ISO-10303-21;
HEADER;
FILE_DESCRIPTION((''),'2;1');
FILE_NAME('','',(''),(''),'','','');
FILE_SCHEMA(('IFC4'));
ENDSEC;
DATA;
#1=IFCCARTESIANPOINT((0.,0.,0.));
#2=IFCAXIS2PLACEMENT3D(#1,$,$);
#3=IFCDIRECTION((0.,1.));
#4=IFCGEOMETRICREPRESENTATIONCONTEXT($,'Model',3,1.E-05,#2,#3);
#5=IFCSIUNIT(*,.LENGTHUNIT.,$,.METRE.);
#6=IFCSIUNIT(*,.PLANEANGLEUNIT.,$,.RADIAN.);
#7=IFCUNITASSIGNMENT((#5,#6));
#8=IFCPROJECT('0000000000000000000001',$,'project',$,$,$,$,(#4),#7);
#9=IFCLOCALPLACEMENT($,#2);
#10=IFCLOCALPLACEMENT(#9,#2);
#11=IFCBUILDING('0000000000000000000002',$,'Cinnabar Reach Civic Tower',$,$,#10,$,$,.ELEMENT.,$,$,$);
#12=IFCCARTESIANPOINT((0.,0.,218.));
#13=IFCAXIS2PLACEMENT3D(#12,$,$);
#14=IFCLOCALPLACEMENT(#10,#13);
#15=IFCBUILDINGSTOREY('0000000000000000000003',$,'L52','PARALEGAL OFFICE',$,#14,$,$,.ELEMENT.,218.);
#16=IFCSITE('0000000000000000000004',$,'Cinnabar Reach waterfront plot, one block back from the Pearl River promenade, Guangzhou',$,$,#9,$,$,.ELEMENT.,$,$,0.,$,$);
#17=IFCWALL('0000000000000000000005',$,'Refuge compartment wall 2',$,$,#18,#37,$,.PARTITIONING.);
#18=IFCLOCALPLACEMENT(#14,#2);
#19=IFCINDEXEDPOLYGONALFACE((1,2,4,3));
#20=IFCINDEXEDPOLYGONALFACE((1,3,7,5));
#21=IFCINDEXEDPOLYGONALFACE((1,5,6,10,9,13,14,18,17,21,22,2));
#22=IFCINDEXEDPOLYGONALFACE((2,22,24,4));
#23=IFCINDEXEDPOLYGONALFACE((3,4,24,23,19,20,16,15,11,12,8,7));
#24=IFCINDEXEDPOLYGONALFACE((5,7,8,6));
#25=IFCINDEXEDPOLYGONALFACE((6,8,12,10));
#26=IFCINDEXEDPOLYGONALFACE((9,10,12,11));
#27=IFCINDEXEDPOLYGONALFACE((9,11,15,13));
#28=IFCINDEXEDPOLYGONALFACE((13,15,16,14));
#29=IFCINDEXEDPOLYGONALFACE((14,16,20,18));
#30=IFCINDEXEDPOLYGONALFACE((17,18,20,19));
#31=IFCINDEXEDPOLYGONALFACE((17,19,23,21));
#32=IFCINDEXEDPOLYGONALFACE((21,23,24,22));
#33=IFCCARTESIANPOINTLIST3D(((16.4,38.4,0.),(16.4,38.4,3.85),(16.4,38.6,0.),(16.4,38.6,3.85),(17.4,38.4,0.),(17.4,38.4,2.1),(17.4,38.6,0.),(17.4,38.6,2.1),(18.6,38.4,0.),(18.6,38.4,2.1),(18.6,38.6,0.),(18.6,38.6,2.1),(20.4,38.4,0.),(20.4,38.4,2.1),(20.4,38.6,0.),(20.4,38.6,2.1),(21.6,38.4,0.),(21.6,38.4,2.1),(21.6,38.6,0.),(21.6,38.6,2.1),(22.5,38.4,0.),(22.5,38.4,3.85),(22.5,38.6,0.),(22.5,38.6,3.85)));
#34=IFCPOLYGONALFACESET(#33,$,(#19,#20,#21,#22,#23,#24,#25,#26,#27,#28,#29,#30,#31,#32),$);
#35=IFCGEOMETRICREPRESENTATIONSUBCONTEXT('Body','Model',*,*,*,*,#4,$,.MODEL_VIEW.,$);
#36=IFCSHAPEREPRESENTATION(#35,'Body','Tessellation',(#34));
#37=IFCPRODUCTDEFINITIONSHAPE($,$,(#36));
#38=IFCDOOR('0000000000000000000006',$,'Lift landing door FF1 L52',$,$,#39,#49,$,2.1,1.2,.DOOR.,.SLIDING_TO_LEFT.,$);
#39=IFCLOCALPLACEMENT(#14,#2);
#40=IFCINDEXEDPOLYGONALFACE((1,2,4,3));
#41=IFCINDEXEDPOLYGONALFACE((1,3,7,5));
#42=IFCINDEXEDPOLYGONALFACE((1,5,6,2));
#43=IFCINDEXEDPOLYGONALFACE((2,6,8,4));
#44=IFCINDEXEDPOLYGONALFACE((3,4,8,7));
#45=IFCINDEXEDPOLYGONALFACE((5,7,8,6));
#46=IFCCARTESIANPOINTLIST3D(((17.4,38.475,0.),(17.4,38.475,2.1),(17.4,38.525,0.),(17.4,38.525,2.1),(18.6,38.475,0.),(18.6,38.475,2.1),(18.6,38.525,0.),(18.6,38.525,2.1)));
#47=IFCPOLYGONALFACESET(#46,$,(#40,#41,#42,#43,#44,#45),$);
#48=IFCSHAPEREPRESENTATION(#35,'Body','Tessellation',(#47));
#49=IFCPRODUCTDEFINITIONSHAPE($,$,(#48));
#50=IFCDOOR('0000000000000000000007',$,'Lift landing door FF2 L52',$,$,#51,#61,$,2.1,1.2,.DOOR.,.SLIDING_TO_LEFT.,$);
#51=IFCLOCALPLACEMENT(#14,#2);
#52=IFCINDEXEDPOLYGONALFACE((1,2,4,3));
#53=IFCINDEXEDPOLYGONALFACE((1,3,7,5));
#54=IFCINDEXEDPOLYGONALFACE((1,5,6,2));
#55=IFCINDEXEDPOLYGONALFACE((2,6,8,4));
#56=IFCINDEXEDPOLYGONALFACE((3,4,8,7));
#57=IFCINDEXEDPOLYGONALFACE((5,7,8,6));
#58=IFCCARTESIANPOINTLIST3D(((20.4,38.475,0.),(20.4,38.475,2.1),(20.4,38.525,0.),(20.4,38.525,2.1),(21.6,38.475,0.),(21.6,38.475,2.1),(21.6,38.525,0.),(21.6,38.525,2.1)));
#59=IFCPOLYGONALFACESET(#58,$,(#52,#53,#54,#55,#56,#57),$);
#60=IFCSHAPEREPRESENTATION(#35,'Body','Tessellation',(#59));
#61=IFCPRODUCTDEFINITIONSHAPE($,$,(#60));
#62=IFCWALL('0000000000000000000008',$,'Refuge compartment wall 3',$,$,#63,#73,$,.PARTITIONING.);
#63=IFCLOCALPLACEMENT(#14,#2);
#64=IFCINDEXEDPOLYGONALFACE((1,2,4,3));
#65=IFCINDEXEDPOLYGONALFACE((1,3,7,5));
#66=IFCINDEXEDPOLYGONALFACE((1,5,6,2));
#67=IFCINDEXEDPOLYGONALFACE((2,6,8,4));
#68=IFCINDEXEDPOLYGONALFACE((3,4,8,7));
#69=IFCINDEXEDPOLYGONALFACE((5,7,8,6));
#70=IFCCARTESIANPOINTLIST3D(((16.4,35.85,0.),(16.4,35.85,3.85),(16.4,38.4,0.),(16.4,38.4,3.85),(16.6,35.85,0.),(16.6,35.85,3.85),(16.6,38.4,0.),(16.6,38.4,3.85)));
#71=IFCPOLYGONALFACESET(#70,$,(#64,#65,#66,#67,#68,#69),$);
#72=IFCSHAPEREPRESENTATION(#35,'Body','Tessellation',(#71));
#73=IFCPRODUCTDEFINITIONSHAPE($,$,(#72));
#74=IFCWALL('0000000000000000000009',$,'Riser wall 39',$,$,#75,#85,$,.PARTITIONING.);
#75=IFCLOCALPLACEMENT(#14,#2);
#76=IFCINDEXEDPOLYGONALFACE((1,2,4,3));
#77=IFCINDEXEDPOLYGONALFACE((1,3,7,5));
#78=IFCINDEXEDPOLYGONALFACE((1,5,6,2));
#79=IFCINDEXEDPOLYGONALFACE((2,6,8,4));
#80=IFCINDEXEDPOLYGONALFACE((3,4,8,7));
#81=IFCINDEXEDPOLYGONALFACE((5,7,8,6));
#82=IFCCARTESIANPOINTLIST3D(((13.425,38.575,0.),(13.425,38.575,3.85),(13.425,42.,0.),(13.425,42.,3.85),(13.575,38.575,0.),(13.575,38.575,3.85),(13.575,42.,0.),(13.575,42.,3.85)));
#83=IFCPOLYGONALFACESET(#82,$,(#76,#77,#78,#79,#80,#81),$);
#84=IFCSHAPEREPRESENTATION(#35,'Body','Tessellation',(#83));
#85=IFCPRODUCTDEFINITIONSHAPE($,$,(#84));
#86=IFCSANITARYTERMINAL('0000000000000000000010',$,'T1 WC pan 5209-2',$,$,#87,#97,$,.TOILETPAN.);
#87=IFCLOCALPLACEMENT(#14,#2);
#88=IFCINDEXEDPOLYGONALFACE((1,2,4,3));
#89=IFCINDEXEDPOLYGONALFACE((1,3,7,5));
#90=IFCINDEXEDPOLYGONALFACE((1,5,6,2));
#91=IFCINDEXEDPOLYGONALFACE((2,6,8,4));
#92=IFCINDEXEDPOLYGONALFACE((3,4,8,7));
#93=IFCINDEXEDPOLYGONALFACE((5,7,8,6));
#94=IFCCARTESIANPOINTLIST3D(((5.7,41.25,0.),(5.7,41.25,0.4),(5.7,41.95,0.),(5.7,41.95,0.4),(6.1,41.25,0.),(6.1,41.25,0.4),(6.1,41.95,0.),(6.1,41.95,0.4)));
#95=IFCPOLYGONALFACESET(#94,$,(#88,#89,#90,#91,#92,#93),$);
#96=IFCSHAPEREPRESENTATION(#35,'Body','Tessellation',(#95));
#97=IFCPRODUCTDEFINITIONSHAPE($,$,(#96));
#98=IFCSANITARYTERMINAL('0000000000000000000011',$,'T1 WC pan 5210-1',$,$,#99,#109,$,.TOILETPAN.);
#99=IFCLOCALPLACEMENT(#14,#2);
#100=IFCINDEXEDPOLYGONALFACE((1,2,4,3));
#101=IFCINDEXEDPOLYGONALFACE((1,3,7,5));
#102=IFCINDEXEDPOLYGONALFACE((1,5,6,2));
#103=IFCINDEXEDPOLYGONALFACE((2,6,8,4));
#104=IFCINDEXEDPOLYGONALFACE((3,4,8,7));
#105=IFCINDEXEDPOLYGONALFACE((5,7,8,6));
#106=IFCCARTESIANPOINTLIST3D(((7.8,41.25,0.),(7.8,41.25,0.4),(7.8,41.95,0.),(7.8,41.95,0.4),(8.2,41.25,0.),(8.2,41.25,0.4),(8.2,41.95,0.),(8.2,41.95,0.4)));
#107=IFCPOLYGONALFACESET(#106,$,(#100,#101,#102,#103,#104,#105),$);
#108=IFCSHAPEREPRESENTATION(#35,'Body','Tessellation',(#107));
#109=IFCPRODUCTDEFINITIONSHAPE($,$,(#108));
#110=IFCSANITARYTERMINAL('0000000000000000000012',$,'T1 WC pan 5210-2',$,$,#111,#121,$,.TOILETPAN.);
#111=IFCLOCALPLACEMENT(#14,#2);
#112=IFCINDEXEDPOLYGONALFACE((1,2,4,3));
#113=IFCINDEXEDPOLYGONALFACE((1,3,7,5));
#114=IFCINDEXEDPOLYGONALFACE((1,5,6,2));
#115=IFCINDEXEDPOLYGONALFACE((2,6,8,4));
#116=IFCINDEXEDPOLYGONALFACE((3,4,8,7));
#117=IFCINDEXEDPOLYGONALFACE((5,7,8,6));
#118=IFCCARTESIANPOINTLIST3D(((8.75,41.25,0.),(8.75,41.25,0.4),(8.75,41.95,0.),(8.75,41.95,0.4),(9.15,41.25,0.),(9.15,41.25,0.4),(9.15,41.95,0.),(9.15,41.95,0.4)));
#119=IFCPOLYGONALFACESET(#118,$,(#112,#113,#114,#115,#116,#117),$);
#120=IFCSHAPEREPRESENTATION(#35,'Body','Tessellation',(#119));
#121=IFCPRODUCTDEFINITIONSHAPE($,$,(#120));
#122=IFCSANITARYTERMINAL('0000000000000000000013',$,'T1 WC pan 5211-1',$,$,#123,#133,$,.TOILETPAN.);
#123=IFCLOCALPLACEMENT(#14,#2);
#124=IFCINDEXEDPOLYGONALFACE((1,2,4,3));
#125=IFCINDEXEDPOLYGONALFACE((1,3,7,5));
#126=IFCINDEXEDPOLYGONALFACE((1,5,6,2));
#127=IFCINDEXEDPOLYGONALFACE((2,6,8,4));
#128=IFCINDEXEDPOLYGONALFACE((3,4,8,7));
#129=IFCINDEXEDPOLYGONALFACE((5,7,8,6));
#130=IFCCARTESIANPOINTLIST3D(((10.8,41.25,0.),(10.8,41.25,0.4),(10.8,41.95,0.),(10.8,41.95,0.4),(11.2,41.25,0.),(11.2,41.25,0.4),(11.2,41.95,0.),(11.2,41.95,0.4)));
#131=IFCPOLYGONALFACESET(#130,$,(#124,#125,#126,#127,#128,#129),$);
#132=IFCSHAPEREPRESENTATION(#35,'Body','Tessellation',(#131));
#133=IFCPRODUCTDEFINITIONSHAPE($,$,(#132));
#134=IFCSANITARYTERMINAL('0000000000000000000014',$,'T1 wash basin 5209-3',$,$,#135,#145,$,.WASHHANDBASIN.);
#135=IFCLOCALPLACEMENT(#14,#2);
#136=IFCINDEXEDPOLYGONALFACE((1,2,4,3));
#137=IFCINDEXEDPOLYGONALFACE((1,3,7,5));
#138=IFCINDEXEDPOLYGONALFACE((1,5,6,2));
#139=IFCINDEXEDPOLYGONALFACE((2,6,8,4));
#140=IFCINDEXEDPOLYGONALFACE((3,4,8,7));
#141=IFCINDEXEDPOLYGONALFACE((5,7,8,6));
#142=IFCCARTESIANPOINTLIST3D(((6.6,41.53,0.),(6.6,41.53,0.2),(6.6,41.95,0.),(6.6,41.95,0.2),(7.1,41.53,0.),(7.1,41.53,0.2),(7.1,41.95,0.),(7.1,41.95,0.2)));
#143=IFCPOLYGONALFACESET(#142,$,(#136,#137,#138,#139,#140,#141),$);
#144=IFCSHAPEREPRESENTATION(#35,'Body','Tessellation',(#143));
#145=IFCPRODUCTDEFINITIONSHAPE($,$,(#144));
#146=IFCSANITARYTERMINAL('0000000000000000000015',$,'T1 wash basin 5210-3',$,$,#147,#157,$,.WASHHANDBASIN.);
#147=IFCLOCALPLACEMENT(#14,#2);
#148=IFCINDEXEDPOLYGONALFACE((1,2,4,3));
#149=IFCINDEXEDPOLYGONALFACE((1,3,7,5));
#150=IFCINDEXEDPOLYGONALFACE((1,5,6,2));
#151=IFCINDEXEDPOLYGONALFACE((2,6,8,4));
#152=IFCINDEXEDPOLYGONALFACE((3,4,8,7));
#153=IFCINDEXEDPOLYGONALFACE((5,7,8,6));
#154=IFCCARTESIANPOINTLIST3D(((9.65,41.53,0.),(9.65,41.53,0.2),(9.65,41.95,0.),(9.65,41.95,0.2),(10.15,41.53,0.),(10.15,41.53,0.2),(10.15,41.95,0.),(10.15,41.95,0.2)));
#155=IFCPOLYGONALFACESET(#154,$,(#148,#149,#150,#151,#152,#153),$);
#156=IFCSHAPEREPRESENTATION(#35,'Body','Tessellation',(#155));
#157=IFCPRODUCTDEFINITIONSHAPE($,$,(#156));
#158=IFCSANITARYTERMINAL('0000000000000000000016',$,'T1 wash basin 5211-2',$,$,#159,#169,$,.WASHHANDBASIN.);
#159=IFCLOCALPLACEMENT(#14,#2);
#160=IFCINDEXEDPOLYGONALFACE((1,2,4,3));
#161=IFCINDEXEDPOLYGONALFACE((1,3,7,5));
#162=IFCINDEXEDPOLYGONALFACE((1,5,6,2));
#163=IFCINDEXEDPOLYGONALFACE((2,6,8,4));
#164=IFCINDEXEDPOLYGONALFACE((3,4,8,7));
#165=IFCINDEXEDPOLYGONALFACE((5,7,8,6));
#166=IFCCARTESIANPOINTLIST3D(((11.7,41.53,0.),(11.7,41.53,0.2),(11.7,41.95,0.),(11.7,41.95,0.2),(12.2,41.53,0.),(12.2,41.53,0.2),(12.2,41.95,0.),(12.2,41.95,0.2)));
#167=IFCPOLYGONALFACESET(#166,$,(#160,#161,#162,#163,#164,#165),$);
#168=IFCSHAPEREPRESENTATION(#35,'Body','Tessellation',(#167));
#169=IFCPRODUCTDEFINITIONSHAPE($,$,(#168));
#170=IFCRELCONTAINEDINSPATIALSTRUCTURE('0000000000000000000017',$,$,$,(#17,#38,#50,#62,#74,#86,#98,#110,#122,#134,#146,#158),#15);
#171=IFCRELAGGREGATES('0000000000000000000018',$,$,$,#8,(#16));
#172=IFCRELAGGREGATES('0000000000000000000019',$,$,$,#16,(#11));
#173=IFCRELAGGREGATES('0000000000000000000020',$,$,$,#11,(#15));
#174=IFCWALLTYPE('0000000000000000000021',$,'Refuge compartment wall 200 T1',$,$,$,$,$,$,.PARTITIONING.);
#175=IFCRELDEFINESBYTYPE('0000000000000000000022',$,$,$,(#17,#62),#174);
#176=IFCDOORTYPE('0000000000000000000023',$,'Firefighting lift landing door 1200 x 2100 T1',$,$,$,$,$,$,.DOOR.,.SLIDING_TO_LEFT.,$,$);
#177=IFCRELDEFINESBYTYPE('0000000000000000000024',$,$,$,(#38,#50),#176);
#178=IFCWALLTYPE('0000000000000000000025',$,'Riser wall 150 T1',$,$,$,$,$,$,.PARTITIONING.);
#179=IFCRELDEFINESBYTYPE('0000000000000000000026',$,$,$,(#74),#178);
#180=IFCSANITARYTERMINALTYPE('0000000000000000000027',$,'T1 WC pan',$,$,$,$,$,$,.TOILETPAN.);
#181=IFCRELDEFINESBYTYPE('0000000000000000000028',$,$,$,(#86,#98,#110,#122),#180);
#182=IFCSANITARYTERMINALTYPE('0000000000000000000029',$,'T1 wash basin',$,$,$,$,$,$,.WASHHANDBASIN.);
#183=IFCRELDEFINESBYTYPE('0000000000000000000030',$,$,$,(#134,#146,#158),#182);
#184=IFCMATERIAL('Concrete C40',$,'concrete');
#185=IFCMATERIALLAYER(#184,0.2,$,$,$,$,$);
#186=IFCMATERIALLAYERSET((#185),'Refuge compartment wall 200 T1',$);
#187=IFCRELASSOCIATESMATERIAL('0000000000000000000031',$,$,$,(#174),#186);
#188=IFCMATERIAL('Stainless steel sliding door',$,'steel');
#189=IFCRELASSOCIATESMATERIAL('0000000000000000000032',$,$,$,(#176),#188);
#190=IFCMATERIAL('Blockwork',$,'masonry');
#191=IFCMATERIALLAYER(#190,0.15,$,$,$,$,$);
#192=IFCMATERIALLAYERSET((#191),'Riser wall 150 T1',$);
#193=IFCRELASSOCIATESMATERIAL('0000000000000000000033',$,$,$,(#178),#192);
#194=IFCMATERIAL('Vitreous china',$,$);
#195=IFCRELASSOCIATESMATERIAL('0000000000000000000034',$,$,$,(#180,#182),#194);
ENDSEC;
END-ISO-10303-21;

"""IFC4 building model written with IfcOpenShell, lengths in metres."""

from ifc_helpers import new_model, si_unit, direction, frame, frame_2d, origin, origin_2d, place, context, subcontext, project, spatial, rectangle, extrude, material, layer, layer_set, type_object, element, fill, save


model = new_model("IFC4")

# Units and contexts
model_context = context("Model", 3, precision=1e-05, world=origin(), true_north=direction((0.0, 1.0)))
body_context = subcontext(model_context, "Body", "Model", "MODEL_VIEW")
ifc_project = project(units=[si_unit("LENGTHUNIT", "METRE"), si_unit("PLANEANGLEUNIT", "RADIAN")], contexts=[model_context])

# Site, building, storey
site_placement = place(None, origin())
site = spatial("IfcSite", under=ifc_project, at=site_placement, Name="Cinnabar Reach waterfront plot, one block back from the Pearl River promenade, Guangzhou", CompositionType="ELEMENT", RefElevation=0.0)
building_placement = place(site_placement, origin())
building = spatial("IfcBuilding", under=site, at=building_placement, Name="Cinnabar Reach Civic Tower", CompositionType="ELEMENT")
storey_placement = place(building_placement, frame((0.0, 0.0, 218.0)))
storey = spatial("IfcBuildingStorey", under=building, at=storey_placement, Name="L52", Description="PARALEGAL OFFICE", CompositionType="ELEMENT", Elevation=218.0)

# Shared definitions
ifc_material_1 = material(Name="Blockwork", Category="masonry")
ifc_material_2 = material(Name="Stainless steel sliding door", Category="steel")

# Shared definitions
ifc_material_3 = material(Name="Concrete C40", Category="concrete")
ifc_layer_1 = layer(ifc_material_3, 0.2)
ifc_layer_set_1 = layer_set([ifc_layer_1], Name="Refuge compartment wall 200 T1")
wall_type_1 = type_object("IfcWallType", Name="Refuge compartment wall 200 T1", PredefinedType="PARTITIONING", material=ifc_layer_set_1)

# Wall, openings, doors
wall_1_placement = place(storey_placement, frame((16.4, 38.5, 0.0), z_axis=(0.0, 0.0, 1.0), x_axis=(1.0, 0.0, 0.0)))
wall_1 = element("IfcWall", 1, at=wall_1_placement, inside=storey, type_object=wall_type_1, Name="Refuge compartment wall 2", PredefinedType="PARTITIONING", context=body_context, shape_type="SweptSolid", body=[
    extrude(rectangle(XDim=6.1, YDim=0.2, at=frame_2d((3.05, 0.0))), origin(), (0.0, 0.0, 1.0), 3.85),
])
opening_1_placement = place(wall_1_placement, frame((1.0, 0.0, 0.0)))
opening_1 = element("IfcOpeningElement", 2, at=opening_1_placement, cuts=wall_1, PredefinedType="OPENING", context=body_context, shape_type="SweptSolid", body=[
    extrude(rectangle(XDim=1.2, YDim=2.1, at=frame_2d((0.6, 1.05))), frame((0.0, 0.11, 0.0), z_axis=(0.0, -1.0, 0.0), x_axis=(1.0, 0.0, 0.0)), (0.0, 0.0, 1.0), 0.22),
])
opening_2_placement = place(wall_1_placement, frame((4.0, 0.0, 0.0)))
opening_2 = element("IfcOpeningElement", 3, at=opening_2_placement, cuts=wall_1, PredefinedType="OPENING", context=body_context, shape_type="SweptSolid", body=[
    extrude(rectangle(XDim=1.2, YDim=2.1, at=frame_2d((0.6, 1.05))), frame((0.0, 0.11, 0.0), z_axis=(0.0, -1.0, 0.0), x_axis=(1.0, 0.0, 0.0)), (0.0, 0.0, 1.0), 0.22),
])
door_type_1 = type_object("IfcDoorType", Name="Firefighting lift landing door 1200 x 2100 T1", OperationType="SLIDING_TO_LEFT", PredefinedType="DOOR", material=ifc_material_2)
door_1_placement = place(opening_1_placement, origin())
door_1 = element("IfcDoor", 4, at=door_1_placement, inside=storey, type_object=door_type_1, Name="Lift landing door FF1 L52", OperationType="SLIDING_TO_LEFT", OverallHeight=2.1, OverallWidth=1.2, PredefinedType="DOOR", context=body_context, shape_type="SweptSolid", body=[
    extrude(rectangle(XDim=1.2, YDim=2.1, at=frame_2d((0.6, 1.05))), frame((0.0, 0.025, 0.0), z_axis=(0.0, -1.0, 0.0), x_axis=(1.0, 0.0, 0.0)), (0.0, 0.0, 1.0), 0.05),
])
fill(opening_1, door_1)
door_2_placement = place(opening_2_placement, origin())
door_2 = element("IfcDoor", 5, at=door_2_placement, inside=storey, type_object=door_type_1, Name="Lift landing door FF2 L52", OperationType="SLIDING_TO_LEFT", OverallHeight=2.1, OverallWidth=1.2, PredefinedType="DOOR", context=body_context, shape_type="SweptSolid", body=[
    extrude(rectangle(XDim=1.2, YDim=2.1, at=frame_2d((0.6, 1.05))), frame((0.0, 0.025, 0.0), z_axis=(0.0, -1.0, 0.0), x_axis=(1.0, 0.0, 0.0)), (0.0, 0.0, 1.0), 0.05),
])
fill(opening_2, door_2)

# Walls
wall_2_placement = place(storey_placement, frame((16.5, 35.85, 0.0), z_axis=(0.0, 0.0, 1.0), x_axis=(0.0, 1.0, 0.0)))
element("IfcWall", 6, at=wall_2_placement, inside=storey, type_object=wall_type_1, Name="Refuge compartment wall 3", PredefinedType="PARTITIONING", context=body_context, shape_type="SweptSolid", body=[
    extrude(rectangle(XDim=2.55, YDim=0.2, at=frame_2d((1.275, 0.0))), origin(), (0.0, 0.0, 1.0), 3.85),
])
ifc_layer_2 = layer(ifc_material_1, 0.15)
ifc_layer_set_2 = layer_set([ifc_layer_2], Name="Riser wall 150 T1")
wall_type_2 = type_object("IfcWallType", Name="Riser wall 150 T1", PredefinedType="PARTITIONING", material=ifc_layer_set_2)
wall_3_placement = place(storey_placement, frame((13.5, 38.575, 0.0), z_axis=(0.0, 0.0, 1.0), x_axis=(0.0, 1.0, 0.0)))
element("IfcWall", 7, at=wall_3_placement, inside=storey, type_object=wall_type_2, Name="Riser wall 39", PredefinedType="PARTITIONING", context=body_context, shape_type="SweptSolid", body=[
    extrude(rectangle(XDim=3.425, YDim=0.15, at=frame_2d((1.7125, 0.0))), origin(), (0.0, 0.0, 1.0), 3.85),
])

# Sanitary terminals
ifc_material_4 = material(Name="Vitreous china")
sanitary_terminal_type_1 = type_object("IfcSanitaryTerminalType", Name="T1 WC pan", PredefinedType="TOILETPAN", material=ifc_material_4)
for number, where, z_axis, x_axis, name in (
    (8, (5.9, 41.6, 0.0), (0.0, 0.0, 1.0), (1.0, 0.0, 0.0), "T1 WC pan 5209-2"),
    (9, (8.0, 41.6, 0.0), (0.0, 0.0, 1.0), (1.0, 0.0, 0.0), "T1 WC pan 5210-1"),
    (10, (8.95, 41.6, 0.0), (0.0, 0.0, 1.0), (1.0, 0.0, 0.0), "T1 WC pan 5210-2"),
    (11, (11.0, 41.6, 0.0), (0.0, 0.0, 1.0), (1.0, 0.0, 0.0), "T1 WC pan 5211-1"),
):
    element("IfcSanitaryTerminal", number, at=place(storey_placement, frame(where, z_axis=z_axis, x_axis=x_axis)), inside=storey, type_object=sanitary_terminal_type_1, Name=name, PredefinedType="TOILETPAN", context=body_context, shape_type="SweptSolid", body=[
        extrude(rectangle(XDim=0.4, YDim=0.7, at=origin_2d()), origin(), (0.0, 0.0, 1.0), 0.4),
    ])
sanitary_terminal_type_2 = type_object("IfcSanitaryTerminalType", Name="T1 wash basin", PredefinedType="WASHHANDBASIN", material=ifc_material_4)
for number, where, z_axis, x_axis, name in (
    (12, (6.85, 41.74, 0.0), (0.0, 0.0, 1.0), (1.0, 0.0, 0.0), "T1 wash basin 5209-3"),
    (13, (9.9, 41.74, 0.0), (0.0, 0.0, 1.0), (1.0, 0.0, 0.0), "T1 wash basin 5210-3"),
    (14, (11.95, 41.74, 0.0), (0.0, 0.0, 1.0), (1.0, 0.0, 0.0), "T1 wash basin 5211-2"),
):
    element("IfcSanitaryTerminal", number, at=place(storey_placement, frame(where, z_axis=z_axis, x_axis=x_axis)), inside=storey, type_object=sanitary_terminal_type_2, Name=name, PredefinedType="WASHHANDBASIN", context=body_context, shape_type="SweptSolid", body=[
        extrude(rectangle(XDim=0.5, YDim=0.42, at=origin_2d()), origin(), (0.0, 0.0, 1.0), 0.2),
    ])

save(model, "model.ifc")
